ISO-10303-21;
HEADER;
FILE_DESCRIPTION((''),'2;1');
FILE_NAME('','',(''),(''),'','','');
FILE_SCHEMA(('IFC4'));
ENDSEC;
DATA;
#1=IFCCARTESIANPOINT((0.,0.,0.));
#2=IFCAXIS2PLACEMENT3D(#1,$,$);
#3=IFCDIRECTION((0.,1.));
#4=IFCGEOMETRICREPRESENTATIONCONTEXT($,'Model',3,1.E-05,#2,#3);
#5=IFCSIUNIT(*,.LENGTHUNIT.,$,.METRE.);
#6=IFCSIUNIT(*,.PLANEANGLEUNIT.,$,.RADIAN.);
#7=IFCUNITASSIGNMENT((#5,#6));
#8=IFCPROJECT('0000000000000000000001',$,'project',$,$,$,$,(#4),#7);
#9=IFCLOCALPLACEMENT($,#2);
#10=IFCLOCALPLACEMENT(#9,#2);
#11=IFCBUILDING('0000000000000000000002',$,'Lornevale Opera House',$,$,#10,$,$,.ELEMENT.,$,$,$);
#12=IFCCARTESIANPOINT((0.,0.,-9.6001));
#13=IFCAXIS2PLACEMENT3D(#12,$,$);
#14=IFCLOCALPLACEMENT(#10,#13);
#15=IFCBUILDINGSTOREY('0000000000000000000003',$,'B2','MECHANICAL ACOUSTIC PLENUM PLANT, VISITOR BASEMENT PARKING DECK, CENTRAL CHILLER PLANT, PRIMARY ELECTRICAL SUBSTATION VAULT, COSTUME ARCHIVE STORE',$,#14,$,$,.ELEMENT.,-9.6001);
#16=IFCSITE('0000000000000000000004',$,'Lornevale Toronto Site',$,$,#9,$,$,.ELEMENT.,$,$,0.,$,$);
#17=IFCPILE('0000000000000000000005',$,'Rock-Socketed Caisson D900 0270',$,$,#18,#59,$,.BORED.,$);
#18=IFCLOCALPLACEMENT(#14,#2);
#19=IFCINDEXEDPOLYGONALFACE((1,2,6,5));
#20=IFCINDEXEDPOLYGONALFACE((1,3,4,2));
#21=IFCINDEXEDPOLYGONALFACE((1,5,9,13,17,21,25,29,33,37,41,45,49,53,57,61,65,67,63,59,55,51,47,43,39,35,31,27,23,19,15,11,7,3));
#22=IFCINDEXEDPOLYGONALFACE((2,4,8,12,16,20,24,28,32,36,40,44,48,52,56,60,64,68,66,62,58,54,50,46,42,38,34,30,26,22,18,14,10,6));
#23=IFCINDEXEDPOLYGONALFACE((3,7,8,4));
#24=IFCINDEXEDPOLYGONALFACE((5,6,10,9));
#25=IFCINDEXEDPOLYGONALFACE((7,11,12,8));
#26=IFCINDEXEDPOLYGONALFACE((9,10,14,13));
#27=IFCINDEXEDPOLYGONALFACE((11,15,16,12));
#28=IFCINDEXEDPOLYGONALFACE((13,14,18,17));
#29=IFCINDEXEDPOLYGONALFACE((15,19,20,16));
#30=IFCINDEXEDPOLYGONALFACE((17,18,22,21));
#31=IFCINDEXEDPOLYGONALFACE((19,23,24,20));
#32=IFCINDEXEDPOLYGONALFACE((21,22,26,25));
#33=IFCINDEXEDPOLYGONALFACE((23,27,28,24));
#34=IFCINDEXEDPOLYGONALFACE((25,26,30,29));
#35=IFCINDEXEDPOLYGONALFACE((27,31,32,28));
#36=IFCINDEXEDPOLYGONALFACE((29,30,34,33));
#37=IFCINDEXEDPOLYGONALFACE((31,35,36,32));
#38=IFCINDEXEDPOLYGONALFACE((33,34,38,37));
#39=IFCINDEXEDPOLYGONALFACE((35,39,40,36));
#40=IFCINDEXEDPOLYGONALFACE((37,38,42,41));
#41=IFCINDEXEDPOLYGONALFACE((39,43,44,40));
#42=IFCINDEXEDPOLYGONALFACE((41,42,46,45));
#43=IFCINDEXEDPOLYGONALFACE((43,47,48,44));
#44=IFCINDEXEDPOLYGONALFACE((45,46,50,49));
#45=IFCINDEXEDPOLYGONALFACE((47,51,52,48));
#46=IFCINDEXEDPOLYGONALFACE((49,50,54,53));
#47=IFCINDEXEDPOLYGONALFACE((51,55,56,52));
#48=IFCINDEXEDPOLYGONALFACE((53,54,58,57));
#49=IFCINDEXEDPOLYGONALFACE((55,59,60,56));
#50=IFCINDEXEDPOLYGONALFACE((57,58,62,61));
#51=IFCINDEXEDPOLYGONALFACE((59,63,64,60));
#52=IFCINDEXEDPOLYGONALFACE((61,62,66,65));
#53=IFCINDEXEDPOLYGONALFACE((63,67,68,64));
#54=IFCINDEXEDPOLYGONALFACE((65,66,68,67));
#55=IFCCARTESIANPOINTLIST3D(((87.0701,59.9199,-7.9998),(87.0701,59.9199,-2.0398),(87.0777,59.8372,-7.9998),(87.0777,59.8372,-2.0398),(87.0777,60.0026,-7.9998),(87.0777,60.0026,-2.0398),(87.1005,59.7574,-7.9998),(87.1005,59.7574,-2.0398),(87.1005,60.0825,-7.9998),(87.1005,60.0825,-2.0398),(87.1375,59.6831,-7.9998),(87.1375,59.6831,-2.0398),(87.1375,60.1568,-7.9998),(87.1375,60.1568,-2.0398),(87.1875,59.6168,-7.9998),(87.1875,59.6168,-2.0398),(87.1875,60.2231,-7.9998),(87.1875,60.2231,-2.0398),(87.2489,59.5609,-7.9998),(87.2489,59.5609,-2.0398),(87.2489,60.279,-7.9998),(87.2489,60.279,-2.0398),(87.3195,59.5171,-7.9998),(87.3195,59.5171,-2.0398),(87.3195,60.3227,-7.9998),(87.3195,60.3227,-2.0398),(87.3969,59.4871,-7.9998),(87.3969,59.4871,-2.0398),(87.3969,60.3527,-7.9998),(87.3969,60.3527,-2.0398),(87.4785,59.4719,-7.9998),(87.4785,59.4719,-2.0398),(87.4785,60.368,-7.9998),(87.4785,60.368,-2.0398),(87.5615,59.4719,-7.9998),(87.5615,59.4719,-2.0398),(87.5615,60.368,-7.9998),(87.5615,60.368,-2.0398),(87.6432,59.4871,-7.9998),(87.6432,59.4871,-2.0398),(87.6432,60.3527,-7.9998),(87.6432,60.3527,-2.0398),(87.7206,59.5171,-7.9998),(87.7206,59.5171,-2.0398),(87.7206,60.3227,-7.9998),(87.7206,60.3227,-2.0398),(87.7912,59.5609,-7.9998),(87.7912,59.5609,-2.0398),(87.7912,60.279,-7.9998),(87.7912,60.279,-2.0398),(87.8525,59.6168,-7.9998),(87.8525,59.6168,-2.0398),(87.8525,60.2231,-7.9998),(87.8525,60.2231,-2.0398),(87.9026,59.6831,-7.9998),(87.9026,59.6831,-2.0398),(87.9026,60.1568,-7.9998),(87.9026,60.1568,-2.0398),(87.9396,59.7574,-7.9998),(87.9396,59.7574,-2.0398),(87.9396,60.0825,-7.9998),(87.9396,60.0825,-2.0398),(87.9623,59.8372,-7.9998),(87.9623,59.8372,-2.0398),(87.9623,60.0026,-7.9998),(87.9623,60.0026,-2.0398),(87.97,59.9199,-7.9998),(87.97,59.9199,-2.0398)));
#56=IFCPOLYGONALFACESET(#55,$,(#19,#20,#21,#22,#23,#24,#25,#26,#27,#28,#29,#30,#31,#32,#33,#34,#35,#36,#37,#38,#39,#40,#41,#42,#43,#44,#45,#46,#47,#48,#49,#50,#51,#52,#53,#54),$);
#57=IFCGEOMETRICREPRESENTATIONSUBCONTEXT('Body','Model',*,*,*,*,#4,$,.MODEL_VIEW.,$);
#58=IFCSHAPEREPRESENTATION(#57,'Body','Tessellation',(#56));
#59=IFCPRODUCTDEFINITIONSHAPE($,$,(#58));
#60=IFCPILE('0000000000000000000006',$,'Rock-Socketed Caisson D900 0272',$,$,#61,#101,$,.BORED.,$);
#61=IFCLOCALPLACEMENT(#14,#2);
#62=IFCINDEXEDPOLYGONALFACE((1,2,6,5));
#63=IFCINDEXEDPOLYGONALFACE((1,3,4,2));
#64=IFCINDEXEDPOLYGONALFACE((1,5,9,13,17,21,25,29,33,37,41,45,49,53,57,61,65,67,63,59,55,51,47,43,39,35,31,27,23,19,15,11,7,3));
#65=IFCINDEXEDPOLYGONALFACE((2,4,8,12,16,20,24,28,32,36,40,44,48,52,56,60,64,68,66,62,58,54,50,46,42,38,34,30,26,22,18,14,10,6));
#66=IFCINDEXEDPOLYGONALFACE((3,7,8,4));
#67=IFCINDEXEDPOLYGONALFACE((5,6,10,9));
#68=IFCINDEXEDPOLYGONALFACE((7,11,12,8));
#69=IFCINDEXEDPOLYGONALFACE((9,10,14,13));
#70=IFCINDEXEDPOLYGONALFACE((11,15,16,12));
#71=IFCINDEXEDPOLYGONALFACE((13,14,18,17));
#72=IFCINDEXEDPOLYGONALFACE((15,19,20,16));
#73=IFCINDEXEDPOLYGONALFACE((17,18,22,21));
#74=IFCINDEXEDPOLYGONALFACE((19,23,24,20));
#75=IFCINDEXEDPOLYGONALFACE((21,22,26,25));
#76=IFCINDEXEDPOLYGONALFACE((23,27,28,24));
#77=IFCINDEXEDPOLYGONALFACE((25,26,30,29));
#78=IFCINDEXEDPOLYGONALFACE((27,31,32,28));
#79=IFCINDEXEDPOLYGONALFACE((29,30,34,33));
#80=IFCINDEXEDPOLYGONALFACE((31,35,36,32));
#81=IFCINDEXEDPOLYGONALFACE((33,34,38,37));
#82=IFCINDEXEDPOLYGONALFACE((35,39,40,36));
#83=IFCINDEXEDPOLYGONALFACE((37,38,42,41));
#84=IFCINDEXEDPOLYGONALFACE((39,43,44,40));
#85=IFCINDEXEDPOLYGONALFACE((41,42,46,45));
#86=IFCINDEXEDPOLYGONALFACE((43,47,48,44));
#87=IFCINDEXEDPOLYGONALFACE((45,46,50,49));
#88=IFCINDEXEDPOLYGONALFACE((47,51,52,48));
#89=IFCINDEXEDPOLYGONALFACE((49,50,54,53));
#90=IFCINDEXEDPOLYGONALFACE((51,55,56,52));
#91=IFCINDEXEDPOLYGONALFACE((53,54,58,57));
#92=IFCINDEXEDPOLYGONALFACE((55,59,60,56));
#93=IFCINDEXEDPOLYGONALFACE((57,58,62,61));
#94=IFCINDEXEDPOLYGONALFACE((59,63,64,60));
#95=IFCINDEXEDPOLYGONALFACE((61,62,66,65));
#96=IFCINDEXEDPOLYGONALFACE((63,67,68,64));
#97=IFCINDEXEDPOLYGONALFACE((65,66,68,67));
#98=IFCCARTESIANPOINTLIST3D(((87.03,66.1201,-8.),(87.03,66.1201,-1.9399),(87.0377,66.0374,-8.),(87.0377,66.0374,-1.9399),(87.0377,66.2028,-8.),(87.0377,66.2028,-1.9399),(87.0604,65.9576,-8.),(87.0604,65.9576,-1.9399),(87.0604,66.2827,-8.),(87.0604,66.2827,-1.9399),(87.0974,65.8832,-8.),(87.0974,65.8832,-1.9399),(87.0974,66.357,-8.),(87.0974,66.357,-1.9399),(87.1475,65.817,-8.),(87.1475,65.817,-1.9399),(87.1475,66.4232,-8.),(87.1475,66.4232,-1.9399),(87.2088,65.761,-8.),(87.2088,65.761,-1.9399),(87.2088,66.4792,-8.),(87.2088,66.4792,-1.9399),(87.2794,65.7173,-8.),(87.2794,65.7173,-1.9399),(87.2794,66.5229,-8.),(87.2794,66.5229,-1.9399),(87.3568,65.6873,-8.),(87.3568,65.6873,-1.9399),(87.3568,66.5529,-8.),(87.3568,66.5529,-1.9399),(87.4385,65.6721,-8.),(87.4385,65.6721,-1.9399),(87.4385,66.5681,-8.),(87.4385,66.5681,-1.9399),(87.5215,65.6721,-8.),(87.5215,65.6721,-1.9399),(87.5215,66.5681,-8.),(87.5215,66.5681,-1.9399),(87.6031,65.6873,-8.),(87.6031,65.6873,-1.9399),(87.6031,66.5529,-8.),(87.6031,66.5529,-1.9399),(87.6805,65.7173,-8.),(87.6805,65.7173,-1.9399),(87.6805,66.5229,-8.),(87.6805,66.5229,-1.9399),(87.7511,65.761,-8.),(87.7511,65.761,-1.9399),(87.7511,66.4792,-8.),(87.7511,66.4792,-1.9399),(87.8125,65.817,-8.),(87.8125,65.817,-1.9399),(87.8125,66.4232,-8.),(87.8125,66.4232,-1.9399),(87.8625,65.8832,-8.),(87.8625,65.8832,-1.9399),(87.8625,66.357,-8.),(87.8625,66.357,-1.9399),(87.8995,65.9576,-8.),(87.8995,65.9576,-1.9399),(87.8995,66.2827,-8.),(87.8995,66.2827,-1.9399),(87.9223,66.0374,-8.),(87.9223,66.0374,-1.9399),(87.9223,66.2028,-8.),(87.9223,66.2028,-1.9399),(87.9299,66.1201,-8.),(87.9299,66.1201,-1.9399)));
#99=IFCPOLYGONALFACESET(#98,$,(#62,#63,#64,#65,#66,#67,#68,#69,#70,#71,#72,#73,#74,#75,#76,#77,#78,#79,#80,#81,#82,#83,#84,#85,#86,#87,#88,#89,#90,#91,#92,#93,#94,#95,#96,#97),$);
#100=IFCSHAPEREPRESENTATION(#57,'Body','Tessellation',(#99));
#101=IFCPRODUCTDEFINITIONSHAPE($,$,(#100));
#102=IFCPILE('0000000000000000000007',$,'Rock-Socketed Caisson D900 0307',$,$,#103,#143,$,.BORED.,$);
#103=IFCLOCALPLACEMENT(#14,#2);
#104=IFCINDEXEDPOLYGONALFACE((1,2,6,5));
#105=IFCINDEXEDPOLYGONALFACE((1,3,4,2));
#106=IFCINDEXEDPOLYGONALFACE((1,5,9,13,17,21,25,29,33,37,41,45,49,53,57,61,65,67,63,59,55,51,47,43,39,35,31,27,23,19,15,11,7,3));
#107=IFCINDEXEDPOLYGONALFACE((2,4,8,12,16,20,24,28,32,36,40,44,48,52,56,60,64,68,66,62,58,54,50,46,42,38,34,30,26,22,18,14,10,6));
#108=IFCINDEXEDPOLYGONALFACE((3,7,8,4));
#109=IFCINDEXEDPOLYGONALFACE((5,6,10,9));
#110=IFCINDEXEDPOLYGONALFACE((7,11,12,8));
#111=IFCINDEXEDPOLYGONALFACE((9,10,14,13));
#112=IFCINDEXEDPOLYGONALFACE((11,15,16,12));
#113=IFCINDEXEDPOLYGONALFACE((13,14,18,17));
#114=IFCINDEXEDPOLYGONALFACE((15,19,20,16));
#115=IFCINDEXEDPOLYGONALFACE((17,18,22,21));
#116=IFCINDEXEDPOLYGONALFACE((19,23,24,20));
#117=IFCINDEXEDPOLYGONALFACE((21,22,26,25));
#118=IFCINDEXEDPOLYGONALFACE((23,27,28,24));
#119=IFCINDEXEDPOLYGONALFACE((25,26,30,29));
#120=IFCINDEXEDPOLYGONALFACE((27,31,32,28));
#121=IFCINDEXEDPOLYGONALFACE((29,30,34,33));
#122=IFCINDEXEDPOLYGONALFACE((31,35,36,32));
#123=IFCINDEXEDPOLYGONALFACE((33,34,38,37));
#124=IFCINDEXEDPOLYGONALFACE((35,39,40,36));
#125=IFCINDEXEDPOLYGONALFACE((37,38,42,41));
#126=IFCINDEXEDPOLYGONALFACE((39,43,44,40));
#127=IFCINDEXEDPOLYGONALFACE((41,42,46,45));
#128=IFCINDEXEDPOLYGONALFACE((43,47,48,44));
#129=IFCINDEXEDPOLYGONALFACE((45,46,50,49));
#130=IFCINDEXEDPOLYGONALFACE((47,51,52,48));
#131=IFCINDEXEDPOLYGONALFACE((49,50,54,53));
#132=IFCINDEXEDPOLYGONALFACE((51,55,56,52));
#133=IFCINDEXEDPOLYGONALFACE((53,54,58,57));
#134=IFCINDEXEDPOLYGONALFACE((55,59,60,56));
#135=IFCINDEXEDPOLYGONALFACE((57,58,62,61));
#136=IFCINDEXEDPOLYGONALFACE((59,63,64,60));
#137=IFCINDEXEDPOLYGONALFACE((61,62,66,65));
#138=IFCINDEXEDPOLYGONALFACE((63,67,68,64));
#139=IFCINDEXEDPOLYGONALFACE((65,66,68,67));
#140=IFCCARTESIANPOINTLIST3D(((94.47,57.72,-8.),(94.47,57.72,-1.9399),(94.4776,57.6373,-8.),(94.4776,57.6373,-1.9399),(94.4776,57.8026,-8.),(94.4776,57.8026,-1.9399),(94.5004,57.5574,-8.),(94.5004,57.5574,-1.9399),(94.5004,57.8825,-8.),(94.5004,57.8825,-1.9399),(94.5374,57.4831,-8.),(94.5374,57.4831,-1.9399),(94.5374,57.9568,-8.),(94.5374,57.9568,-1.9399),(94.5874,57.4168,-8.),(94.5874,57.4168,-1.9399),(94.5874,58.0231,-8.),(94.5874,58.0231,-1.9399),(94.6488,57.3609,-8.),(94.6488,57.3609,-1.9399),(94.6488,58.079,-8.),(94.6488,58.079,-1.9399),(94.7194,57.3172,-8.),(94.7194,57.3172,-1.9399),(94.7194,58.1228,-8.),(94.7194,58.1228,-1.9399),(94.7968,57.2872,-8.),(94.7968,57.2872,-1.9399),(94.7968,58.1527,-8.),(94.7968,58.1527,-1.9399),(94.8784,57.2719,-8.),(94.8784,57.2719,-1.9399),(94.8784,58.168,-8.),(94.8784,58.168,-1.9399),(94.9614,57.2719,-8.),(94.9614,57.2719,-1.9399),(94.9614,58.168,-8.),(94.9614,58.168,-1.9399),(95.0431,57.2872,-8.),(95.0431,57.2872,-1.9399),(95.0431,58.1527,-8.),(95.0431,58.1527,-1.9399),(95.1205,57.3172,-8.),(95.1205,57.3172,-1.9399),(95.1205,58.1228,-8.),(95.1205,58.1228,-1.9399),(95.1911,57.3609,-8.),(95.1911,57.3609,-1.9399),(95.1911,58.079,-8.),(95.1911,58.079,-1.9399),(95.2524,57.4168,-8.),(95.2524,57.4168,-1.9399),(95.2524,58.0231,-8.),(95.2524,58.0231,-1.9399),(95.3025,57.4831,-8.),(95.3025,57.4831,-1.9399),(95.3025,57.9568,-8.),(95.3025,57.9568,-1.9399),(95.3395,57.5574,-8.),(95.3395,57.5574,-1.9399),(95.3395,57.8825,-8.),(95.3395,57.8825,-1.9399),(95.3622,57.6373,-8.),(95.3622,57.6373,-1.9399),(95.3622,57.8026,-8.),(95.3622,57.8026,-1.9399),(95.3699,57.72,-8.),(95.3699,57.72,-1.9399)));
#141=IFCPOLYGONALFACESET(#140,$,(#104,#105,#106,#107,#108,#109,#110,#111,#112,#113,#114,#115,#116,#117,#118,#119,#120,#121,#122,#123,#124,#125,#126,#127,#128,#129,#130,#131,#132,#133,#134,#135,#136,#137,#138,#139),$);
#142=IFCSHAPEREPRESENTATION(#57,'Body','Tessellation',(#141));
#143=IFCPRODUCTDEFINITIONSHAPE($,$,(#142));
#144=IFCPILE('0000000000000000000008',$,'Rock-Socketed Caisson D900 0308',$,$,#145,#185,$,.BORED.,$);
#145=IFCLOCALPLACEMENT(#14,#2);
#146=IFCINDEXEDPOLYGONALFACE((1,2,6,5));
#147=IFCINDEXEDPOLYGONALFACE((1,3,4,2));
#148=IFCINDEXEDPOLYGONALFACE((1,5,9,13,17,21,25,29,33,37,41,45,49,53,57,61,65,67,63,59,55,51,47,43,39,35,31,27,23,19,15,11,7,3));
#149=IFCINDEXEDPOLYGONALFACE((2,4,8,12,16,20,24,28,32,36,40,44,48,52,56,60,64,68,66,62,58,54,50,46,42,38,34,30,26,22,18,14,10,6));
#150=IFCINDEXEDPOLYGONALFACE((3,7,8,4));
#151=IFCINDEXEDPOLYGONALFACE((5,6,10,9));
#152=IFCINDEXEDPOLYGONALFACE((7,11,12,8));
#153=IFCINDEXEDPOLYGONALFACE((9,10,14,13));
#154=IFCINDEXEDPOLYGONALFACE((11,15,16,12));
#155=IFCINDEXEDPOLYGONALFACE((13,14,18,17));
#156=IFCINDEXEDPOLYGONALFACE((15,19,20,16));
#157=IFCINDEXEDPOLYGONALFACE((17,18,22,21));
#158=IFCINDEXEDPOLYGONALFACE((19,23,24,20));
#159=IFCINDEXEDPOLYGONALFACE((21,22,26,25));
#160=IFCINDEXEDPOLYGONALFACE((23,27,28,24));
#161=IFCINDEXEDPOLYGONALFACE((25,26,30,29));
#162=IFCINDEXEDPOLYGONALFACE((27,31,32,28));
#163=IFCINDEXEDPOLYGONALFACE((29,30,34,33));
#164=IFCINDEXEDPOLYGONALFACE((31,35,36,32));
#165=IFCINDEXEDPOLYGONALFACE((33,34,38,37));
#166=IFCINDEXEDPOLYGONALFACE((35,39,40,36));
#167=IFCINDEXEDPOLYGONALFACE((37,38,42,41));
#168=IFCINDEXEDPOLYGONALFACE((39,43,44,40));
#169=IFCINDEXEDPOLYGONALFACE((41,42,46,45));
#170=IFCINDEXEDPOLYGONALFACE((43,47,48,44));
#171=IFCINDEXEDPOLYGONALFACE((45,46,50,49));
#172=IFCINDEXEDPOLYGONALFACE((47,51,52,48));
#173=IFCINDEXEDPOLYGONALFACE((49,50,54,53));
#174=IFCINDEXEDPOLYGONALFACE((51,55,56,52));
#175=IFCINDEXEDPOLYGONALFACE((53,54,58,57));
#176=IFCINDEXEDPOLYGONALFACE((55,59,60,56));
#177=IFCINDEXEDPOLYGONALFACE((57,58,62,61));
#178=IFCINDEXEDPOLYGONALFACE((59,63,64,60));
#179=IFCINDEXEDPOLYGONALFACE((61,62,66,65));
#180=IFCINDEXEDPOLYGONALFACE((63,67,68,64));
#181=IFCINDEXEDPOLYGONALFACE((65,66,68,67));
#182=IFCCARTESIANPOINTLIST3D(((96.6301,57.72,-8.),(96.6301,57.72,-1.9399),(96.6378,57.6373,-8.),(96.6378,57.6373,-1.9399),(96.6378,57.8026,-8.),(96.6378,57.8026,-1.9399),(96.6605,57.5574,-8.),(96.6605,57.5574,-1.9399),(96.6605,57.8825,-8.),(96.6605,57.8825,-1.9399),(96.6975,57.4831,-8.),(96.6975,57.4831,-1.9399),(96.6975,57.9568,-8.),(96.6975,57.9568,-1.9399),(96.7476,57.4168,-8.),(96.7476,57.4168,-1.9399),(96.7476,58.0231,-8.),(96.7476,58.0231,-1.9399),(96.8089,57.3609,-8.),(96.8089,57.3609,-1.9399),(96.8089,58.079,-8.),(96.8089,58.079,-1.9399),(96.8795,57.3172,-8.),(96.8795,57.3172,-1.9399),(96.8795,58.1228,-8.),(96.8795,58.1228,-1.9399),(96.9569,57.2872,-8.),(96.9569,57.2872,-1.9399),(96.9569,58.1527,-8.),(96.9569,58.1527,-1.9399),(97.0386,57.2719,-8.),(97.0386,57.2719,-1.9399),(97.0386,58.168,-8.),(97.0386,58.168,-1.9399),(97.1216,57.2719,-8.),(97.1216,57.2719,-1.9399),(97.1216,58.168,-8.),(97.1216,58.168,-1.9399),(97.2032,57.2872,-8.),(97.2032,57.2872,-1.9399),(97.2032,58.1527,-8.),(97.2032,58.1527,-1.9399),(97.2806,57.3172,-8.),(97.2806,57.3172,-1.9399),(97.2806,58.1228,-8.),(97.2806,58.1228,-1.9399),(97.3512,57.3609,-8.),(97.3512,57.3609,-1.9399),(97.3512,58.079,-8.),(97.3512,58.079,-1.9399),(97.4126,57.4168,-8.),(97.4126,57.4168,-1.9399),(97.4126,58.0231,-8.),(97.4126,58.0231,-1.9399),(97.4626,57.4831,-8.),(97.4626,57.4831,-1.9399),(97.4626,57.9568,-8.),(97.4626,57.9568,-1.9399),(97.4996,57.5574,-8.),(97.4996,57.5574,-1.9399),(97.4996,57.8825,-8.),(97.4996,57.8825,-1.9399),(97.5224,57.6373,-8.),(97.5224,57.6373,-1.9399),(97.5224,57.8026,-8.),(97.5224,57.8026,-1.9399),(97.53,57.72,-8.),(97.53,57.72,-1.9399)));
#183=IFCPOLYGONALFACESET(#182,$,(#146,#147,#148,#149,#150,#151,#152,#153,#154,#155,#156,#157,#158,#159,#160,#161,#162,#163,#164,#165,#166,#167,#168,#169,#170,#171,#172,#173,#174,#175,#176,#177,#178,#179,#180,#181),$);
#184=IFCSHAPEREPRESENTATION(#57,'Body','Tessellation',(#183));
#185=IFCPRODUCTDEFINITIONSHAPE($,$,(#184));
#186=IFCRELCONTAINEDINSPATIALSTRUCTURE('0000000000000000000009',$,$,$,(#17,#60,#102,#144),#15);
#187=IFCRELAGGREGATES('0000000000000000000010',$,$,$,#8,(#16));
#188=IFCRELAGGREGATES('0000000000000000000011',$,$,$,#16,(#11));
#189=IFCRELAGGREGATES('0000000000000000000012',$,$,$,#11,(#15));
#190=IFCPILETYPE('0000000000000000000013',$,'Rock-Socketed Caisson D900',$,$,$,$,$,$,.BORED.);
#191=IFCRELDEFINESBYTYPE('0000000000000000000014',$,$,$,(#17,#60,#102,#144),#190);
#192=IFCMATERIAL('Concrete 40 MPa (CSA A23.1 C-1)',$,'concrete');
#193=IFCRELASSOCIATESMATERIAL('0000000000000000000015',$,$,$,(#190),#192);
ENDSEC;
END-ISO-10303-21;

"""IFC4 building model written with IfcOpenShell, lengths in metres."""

from ifc_helpers import new_model, si_unit, direction, frame, origin, origin_2d, place, context, subcontext, project, spatial, circle, extrude, material, material_profile, profile_set, type_object, element, save


model = new_model("IFC4")

# Units and contexts
model_context = context("Model", 3, precision=1e-05, world=origin(), true_north=direction((0.0, 1.0)))
body_context = subcontext(model_context, "Body", "Model", "MODEL_VIEW")
ifc_project = project(units=[si_unit("LENGTHUNIT", "METRE"), si_unit("PLANEANGLEUNIT", "RADIAN")], contexts=[model_context])

# Site, building, storey
site_placement = place(None, origin())
site = spatial("IfcSite", under=ifc_project, at=site_placement, Name="Lornevale Toronto Site", CompositionType="ELEMENT", RefElevation=0.0)
building_placement = place(site_placement, origin())
building = spatial("IfcBuilding", under=site, at=building_placement, Name="Lornevale Opera House", CompositionType="ELEMENT")
storey_placement = place(building_placement, frame((0.0, 0.0, -9.6001)))
storey = spatial("IfcBuildingStorey", under=building, at=storey_placement, Name="B2", Description="MECHANICAL ACOUSTIC PLENUM PLANT, VISITOR BASEMENT PARKING DECK, CENTRAL CHILLER PLANT, PRIMARY ELECTRICAL SUBSTATION VAULT, COSTUME ARCHIVE STORE", CompositionType="ELEMENT", Elevation=-9.6001)

# Piles
ifc_material_1 = material(Name="Concrete 40 MPa (CSA A23.1 C-1)", Category="concrete")
ifc_material_profile_1 = material_profile(ifc_material_1, circle(Radius=0.45, at=origin_2d()), Name="CAIS900")
ifc_profile_set_1 = profile_set([ifc_material_profile_1], Name="Concrete 40 MPa (CSA A23.1 C-1)")
pile_type_1 = type_object("IfcPileType", Name="Rock-Socketed Caisson D900", PredefinedType="BORED", material=ifc_profile_set_1)
for number, where, z_axis, x_axis, name in (
    (1, (87.52, 59.9199, -2.0398), (0.0, 0.0, -1.0), (1.0, 0.0, 0.0), "Rock-Socketed Caisson D900 0270"),
):
    element("IfcPile", number, at=place(storey_placement, frame(where, z_axis=z_axis, x_axis=x_axis)), inside=storey, type_object=pile_type_1, Name=name, PredefinedType="BORED", context=body_context, shape_type="SweptSolid", body=[
        extrude(circle(Radius=0.45, at=origin_2d()), origin(), (0.0, 0.0, 1.0), 5.96),
    ])
for number, where, z_axis, x_axis, name in (
    (2, (87.48, 66.1201, -1.9399), (0.0, 0.0, -1.0), (1.0, 0.0, 0.0), "Rock-Socketed Caisson D900 0272"),
    (3, (94.9199, 57.72, -1.9399), (0.0, 0.0, -1.0), (1.0, 0.0, 0.0), "Rock-Socketed Caisson D900 0307"),
    (4, (97.0801, 57.72, -1.9399), (0.0, 0.0, -1.0), (1.0, 0.0, 0.0), "Rock-Socketed Caisson D900 0308"),
):
    element("IfcPile", number, at=place(storey_placement, frame(where, z_axis=z_axis, x_axis=x_axis)), inside=storey, type_object=pile_type_1, Name=name, PredefinedType="BORED", context=body_context, shape_type="SweptSolid", body=[
        extrude(circle(Radius=0.45, at=origin_2d()), origin(), (0.0, 0.0, 1.0), 6.0601),
    ])

save(model, "model.ifc")
